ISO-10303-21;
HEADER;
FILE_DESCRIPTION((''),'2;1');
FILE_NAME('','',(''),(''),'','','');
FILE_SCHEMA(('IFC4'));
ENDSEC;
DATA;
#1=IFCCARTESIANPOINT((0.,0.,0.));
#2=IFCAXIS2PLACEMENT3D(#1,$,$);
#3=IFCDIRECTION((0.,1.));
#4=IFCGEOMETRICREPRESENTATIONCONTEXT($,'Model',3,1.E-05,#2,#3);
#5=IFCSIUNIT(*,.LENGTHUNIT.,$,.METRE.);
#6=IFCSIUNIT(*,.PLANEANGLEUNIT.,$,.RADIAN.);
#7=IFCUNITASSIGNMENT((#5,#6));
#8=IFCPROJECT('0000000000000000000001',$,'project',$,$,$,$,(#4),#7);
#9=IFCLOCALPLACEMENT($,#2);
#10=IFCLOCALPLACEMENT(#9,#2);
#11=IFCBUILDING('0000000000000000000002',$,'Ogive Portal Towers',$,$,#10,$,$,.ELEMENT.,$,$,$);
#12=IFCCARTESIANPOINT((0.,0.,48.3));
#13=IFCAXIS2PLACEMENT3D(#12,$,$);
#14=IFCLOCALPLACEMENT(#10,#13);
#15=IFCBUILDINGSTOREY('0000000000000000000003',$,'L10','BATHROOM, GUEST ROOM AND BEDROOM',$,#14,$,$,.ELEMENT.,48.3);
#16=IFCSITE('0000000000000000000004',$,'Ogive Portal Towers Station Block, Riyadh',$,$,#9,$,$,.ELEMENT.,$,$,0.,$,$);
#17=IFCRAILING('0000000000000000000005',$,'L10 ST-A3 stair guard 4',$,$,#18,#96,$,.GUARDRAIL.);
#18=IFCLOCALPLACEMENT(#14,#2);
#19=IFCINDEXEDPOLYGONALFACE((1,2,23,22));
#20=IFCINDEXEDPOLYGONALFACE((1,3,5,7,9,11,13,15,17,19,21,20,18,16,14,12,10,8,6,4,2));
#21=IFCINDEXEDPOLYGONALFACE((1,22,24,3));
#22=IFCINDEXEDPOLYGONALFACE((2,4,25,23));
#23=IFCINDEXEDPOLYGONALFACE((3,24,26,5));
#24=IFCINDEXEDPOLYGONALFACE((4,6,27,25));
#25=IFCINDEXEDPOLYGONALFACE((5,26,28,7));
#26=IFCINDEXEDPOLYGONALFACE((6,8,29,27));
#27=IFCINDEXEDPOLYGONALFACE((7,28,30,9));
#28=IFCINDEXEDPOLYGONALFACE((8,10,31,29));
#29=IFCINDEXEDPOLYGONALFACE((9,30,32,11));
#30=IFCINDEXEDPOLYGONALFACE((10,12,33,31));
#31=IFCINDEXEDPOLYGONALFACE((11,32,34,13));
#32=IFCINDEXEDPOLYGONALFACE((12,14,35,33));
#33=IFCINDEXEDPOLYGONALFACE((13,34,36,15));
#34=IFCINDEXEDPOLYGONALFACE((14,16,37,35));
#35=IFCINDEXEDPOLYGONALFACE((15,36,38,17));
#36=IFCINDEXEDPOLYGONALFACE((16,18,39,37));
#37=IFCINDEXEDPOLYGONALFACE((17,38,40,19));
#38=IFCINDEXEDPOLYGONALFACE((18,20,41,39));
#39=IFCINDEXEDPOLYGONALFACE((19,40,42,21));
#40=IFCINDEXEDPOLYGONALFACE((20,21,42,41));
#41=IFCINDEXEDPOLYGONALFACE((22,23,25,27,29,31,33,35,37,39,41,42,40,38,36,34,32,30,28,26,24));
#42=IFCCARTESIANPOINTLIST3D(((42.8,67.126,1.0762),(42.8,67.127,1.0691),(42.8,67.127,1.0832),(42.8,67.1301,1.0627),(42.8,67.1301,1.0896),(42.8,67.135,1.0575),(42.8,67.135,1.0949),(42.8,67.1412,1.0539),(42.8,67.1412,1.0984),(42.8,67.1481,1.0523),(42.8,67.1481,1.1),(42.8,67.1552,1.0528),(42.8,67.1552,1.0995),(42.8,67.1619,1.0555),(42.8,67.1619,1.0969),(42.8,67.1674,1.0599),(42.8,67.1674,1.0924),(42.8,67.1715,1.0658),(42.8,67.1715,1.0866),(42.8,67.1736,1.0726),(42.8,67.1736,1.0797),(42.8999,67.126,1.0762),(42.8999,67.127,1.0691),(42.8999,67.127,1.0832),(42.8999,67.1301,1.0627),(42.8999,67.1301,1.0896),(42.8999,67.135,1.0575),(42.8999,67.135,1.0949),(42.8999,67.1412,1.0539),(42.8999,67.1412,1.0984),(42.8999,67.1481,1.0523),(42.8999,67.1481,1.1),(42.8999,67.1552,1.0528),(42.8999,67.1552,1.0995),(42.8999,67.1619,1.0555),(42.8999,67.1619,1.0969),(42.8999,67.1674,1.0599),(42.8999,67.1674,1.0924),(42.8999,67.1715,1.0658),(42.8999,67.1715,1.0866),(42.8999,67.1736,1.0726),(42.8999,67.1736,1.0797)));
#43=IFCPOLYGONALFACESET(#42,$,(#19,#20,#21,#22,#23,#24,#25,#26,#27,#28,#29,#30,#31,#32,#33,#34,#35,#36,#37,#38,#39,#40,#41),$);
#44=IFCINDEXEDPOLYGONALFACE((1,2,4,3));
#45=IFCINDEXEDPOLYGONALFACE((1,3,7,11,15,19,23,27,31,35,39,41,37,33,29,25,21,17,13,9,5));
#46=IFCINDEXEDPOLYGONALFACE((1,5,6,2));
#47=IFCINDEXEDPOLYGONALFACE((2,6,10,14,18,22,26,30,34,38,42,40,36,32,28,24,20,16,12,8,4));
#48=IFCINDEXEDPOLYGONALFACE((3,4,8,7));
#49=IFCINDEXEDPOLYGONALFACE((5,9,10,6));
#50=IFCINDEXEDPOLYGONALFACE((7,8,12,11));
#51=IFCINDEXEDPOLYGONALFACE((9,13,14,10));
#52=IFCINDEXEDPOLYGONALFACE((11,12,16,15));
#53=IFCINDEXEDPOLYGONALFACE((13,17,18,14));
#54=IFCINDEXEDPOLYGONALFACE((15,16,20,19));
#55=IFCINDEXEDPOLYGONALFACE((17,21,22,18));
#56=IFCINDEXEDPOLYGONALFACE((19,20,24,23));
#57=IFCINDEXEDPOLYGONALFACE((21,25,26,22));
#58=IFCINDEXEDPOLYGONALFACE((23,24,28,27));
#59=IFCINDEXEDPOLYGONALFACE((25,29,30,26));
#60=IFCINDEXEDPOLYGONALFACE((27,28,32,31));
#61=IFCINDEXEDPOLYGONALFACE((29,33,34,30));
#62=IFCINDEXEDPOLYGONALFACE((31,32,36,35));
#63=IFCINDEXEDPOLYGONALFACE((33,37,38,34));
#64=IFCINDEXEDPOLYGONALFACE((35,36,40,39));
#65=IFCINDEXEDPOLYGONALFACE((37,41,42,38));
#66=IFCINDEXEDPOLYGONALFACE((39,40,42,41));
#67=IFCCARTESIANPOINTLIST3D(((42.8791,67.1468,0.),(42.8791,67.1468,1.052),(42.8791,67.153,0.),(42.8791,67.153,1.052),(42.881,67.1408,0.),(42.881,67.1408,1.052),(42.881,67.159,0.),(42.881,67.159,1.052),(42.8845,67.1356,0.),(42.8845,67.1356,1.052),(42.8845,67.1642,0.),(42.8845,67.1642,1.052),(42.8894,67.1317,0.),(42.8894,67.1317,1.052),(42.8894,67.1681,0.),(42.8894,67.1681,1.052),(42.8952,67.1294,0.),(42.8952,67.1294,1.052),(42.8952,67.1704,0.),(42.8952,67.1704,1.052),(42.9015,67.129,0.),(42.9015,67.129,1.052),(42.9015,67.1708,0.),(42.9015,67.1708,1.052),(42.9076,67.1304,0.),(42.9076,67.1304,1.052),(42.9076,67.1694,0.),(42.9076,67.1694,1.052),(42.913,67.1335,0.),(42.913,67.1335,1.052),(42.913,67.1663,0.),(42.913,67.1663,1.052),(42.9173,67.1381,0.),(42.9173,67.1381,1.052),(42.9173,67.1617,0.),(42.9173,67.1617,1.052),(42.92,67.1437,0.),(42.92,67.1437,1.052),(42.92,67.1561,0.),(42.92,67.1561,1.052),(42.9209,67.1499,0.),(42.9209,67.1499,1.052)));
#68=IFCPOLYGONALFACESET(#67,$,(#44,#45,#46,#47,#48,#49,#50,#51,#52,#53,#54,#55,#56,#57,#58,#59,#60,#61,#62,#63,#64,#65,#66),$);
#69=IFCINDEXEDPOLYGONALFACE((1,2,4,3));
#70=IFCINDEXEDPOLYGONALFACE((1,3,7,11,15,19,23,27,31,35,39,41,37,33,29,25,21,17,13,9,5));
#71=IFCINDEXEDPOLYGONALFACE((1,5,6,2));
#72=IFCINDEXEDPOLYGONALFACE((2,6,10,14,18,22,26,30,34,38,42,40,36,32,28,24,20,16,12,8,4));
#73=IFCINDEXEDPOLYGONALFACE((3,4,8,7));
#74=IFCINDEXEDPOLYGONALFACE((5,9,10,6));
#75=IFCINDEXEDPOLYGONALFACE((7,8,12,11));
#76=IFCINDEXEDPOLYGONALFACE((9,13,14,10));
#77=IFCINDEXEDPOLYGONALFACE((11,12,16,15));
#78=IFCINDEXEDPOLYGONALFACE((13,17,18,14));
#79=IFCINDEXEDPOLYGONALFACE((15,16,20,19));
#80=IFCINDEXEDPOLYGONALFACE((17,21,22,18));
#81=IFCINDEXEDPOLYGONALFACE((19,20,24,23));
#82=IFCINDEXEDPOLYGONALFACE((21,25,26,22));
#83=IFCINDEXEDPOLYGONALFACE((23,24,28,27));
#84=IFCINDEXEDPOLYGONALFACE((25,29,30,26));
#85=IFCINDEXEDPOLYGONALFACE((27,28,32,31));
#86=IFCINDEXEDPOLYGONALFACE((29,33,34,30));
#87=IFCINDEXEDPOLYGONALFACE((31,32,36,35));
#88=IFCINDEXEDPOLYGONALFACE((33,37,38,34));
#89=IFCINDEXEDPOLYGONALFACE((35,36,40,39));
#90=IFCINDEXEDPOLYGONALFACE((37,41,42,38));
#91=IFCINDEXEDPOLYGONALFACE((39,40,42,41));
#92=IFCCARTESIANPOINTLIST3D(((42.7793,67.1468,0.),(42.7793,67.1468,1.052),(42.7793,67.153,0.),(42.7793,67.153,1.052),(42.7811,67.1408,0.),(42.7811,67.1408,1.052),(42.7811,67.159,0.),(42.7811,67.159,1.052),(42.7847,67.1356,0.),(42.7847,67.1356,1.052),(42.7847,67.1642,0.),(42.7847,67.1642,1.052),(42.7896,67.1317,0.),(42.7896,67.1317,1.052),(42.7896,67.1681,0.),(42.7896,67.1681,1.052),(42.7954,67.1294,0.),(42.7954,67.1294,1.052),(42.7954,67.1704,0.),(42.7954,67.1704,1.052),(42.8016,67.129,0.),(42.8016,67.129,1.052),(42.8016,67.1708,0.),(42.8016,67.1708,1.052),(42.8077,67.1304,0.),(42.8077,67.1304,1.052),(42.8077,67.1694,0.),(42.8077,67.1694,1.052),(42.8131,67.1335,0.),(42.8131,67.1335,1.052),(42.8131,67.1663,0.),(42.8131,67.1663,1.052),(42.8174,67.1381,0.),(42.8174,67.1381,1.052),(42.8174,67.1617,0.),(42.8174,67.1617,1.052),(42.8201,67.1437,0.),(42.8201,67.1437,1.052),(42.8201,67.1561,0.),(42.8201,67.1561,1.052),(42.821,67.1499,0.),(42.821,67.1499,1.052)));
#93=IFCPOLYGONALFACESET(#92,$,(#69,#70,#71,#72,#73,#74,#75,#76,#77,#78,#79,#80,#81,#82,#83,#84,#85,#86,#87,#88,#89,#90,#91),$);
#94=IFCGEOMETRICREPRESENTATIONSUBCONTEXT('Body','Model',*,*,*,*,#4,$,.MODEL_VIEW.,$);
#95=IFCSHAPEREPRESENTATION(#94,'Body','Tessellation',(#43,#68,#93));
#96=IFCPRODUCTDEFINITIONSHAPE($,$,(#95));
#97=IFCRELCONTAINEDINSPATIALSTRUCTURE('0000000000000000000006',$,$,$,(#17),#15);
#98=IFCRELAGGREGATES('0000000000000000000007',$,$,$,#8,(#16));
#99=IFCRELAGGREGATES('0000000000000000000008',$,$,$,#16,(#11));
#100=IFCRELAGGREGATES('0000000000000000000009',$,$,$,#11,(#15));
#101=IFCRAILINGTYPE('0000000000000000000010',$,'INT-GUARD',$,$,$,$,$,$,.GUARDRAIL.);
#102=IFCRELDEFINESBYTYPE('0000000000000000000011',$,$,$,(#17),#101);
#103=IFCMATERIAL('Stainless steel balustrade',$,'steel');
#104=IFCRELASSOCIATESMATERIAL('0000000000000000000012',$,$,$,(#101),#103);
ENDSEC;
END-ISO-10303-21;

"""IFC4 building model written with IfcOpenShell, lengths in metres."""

from ifc_helpers import new_model, si_unit, direction, frame, origin, origin_2d, place, context, subcontext, project, spatial, circle, extrude, material, type_object, element, save


model = new_model("IFC4")

# Units and contexts
model_context = context("Model", 3, precision=1e-05, world=origin(), true_north=direction((0.0, 1.0)))
body_context = subcontext(model_context, "Body", "Model", "MODEL_VIEW")
ifc_project = project(units=[si_unit("LENGTHUNIT", "METRE"), si_unit("PLANEANGLEUNIT", "RADIAN")], contexts=[model_context])

# Site, building, storey
site_placement = place(None, origin())
site = spatial("IfcSite", under=ifc_project, at=site_placement, Name="Ogive Portal Towers Station Block, Riyadh", CompositionType="ELEMENT", RefElevation=0.0)
building_placement = place(site_placement, origin())
building = spatial("IfcBuilding", under=site, at=building_placement, Name="Ogive Portal Towers", CompositionType="ELEMENT")
storey_placement = place(building_placement, frame((0.0, 0.0, 48.3)))
storey = spatial("IfcBuildingStorey", under=building, at=storey_placement, Name="L10", Description="BATHROOM, GUEST ROOM AND BEDROOM", CompositionType="ELEMENT", Elevation=48.3)

# Railing
ifc_material_1 = material(Name="Stainless steel balustrade", Category="steel")
railing_type_1 = type_object("IfcRailingType", Name="INT-GUARD", PredefinedType="GUARDRAIL", material=ifc_material_1)
railing_1_placement = place(storey_placement, frame((42.8999, 67.1499, 0.0)))
element("IfcRailing", 1, at=railing_1_placement, inside=storey, type_object=railing_type_1, Name="L10 ST-A3 stair guard 4", PredefinedType="GUARDRAIL", context=body_context, shape_type="SweptSolid", body=[
    extrude(circle(Radius=0.0239, at=origin_2d()), frame((0.0, 0.0, 1.0762), z_axis=(-1.0, 0.0, 0.0), x_axis=(0.0, -1.0, 0.0)), (0.0, 0.0, 1.0), 0.0999),
    extrude(circle(Radius=0.021, at=origin_2d()), origin(), (0.0, 0.0, 1.0), 1.052),
    extrude(circle(Radius=0.021, at=origin_2d()), frame((-0.0999, 0.0, 0.0)), (0.0, 0.0, 1.0), 1.052),
])

save(model, "model.ifc")
